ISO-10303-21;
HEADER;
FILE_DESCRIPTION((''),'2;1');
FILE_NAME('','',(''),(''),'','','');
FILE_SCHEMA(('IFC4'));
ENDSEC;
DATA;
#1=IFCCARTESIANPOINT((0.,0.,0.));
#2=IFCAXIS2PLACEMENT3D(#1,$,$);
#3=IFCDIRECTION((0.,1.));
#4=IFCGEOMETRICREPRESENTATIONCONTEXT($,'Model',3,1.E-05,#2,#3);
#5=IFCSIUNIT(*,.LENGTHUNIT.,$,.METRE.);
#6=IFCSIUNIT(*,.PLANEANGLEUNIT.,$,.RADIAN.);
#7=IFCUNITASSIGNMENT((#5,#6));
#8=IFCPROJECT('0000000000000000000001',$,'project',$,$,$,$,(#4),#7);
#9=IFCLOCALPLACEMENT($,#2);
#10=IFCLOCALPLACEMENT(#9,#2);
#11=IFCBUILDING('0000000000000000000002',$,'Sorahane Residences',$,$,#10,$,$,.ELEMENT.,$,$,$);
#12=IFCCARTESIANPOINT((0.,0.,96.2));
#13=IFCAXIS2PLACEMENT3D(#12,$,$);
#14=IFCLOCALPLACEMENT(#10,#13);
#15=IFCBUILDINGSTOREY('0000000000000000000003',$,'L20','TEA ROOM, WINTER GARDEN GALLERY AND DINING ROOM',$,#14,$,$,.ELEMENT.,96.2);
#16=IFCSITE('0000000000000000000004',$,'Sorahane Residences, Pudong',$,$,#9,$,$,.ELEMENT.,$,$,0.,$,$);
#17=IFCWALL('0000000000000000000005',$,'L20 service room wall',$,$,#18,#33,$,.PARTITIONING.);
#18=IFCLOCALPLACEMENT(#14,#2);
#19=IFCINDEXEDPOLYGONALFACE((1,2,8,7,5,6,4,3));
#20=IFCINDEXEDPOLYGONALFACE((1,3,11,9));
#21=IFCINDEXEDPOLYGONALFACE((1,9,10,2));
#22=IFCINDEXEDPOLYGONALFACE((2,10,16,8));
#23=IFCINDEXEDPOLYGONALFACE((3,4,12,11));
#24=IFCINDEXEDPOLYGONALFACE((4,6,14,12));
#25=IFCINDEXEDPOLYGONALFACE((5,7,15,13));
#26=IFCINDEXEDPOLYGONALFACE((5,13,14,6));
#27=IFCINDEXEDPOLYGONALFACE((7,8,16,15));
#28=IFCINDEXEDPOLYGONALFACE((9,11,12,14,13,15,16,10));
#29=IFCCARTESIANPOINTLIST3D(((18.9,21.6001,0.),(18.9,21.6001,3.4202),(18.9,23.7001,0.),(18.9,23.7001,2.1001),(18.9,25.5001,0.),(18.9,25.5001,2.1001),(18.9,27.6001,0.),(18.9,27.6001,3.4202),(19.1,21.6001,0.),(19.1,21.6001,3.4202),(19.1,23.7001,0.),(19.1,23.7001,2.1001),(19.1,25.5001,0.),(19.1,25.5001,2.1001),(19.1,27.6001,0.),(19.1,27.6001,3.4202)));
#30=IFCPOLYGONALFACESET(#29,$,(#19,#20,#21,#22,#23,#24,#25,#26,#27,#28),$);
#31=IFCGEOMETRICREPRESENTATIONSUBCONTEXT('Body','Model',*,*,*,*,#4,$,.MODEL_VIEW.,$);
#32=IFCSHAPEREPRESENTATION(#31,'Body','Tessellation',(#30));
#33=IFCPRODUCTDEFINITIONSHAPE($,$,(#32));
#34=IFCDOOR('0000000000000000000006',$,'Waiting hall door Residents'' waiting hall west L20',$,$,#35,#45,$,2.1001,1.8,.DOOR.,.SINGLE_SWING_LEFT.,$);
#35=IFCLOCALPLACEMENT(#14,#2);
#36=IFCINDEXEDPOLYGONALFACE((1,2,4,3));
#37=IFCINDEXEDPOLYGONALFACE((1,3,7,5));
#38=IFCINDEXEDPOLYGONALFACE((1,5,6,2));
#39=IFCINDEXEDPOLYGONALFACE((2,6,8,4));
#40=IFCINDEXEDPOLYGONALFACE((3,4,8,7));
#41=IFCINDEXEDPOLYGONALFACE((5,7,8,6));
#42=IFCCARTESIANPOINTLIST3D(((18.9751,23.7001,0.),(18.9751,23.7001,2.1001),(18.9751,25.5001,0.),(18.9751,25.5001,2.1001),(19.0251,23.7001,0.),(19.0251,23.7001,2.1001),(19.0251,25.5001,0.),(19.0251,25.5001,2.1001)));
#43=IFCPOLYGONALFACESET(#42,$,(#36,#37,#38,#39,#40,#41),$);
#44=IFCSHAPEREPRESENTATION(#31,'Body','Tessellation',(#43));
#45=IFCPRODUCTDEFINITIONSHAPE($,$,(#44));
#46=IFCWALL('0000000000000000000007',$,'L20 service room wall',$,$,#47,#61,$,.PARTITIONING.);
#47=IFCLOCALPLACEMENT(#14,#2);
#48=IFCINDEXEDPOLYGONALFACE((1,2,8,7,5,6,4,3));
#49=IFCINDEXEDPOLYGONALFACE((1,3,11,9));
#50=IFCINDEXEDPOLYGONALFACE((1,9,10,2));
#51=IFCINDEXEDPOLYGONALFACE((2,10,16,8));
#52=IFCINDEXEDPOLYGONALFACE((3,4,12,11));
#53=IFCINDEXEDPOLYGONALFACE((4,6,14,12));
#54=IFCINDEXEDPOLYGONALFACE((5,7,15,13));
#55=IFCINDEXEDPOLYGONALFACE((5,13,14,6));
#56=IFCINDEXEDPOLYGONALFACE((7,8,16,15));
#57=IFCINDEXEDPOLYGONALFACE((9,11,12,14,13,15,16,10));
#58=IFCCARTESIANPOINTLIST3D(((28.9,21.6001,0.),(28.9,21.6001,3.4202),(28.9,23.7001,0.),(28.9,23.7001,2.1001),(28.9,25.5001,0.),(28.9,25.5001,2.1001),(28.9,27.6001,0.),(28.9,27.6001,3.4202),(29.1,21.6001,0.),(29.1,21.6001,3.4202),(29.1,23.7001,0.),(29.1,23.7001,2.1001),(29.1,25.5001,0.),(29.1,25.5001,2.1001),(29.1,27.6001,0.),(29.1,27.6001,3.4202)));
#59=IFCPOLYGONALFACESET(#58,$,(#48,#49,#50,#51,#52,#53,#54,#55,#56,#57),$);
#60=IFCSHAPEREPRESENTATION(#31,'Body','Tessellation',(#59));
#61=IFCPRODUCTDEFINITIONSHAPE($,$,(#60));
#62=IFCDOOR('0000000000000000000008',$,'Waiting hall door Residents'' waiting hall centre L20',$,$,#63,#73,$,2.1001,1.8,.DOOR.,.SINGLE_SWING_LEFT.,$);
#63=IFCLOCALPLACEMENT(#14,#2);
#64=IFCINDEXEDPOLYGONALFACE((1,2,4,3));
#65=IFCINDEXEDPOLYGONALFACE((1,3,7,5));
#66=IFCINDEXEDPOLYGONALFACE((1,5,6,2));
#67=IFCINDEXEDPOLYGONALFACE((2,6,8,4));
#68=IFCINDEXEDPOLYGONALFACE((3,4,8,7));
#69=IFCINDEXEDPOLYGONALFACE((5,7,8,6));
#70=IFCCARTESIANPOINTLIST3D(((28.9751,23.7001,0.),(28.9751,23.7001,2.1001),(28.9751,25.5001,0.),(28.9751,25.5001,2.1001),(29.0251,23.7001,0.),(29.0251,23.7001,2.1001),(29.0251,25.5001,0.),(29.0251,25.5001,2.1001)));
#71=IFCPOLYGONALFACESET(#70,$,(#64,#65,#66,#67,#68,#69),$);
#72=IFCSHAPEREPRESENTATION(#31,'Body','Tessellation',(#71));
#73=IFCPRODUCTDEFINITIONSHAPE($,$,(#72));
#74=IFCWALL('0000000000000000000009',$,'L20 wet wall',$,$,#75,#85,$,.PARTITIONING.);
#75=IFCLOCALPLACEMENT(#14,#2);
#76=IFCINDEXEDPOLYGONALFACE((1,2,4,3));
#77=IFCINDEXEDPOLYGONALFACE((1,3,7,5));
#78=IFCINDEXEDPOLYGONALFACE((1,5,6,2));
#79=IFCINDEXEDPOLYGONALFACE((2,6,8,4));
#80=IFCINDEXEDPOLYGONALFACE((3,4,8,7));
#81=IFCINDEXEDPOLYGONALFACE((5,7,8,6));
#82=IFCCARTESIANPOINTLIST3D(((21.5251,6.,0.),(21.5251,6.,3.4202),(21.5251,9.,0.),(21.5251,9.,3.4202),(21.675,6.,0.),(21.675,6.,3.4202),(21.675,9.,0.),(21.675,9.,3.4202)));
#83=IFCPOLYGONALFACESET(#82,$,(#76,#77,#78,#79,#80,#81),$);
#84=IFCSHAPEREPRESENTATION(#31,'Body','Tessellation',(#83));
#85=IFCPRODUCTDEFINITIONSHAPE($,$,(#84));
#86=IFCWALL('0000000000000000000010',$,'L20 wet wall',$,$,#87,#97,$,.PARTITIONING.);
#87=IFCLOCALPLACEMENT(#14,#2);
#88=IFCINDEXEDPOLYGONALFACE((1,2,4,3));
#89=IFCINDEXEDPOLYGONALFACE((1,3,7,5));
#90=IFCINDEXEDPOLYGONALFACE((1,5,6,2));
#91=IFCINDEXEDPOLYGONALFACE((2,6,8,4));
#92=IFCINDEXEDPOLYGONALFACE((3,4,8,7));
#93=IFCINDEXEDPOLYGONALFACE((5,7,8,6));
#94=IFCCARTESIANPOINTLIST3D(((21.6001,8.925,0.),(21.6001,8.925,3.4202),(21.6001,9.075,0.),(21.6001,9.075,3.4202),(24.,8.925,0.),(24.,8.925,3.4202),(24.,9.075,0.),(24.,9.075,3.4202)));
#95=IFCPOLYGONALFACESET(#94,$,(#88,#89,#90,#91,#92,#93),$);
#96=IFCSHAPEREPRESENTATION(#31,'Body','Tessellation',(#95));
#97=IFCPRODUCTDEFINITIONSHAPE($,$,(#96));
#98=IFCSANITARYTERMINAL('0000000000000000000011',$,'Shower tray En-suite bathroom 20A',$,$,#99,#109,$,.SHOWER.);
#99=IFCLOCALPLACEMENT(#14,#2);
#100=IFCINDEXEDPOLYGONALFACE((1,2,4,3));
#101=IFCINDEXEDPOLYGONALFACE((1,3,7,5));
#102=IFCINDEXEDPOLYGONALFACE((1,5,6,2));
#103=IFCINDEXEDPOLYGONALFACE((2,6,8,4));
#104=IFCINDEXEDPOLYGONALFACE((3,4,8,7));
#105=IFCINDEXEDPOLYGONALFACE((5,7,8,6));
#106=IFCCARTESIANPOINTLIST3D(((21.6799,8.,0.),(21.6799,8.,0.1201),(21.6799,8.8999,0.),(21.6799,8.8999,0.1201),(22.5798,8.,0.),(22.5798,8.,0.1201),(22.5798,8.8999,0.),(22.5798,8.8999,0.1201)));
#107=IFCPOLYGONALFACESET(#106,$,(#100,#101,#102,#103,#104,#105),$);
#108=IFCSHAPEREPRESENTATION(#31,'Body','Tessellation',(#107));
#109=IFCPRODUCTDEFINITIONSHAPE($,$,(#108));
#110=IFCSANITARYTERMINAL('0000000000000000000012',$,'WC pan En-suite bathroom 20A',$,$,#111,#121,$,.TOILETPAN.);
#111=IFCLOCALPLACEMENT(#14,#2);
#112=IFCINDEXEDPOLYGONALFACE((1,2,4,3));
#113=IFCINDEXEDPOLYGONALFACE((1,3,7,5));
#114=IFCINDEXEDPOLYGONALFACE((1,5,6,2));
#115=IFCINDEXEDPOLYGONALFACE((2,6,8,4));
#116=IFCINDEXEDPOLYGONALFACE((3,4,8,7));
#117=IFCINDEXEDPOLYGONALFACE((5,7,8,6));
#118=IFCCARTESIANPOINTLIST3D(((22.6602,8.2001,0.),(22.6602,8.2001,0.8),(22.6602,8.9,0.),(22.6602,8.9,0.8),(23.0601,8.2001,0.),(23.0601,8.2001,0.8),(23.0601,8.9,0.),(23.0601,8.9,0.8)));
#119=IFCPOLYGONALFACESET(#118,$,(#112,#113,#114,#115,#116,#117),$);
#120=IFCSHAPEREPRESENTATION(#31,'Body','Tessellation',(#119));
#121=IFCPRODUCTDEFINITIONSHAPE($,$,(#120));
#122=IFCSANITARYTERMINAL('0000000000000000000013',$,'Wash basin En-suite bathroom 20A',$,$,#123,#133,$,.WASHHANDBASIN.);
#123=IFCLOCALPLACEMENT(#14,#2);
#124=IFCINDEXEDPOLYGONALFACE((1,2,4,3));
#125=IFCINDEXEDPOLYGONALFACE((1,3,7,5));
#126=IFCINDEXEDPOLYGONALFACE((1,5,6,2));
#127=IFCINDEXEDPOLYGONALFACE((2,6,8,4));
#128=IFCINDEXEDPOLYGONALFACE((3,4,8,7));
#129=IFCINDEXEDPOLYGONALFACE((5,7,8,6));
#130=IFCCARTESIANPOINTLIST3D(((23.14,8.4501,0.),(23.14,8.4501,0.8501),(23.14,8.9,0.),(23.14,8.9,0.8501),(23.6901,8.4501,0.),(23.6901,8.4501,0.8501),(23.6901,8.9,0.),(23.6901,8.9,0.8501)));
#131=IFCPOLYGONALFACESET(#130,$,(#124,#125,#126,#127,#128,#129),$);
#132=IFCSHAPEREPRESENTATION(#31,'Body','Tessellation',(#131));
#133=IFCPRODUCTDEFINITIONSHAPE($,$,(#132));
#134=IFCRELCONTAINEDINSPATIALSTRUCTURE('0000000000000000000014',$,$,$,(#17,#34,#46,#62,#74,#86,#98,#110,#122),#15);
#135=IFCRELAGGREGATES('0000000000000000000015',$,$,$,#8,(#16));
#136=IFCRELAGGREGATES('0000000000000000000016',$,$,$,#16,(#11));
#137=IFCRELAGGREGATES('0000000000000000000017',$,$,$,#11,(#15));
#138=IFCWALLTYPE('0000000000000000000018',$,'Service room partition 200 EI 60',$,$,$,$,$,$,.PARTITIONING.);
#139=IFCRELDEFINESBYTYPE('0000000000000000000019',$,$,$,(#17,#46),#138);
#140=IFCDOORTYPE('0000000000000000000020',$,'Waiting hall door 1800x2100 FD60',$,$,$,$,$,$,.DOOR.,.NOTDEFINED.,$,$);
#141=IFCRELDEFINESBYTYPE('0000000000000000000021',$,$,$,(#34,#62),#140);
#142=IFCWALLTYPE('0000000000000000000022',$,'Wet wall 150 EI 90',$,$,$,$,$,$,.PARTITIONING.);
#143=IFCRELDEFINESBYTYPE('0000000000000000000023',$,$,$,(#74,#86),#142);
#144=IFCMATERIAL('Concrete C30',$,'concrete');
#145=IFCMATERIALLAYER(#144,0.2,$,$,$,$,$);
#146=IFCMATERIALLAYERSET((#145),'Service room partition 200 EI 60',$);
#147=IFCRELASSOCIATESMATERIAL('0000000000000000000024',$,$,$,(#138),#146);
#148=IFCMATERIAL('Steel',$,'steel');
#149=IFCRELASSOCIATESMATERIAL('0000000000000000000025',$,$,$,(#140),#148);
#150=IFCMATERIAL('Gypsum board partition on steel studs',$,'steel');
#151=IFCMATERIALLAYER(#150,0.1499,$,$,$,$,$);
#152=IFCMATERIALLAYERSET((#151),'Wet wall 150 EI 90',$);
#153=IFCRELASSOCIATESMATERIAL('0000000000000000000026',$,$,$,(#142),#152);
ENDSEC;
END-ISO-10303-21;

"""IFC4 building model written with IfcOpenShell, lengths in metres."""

from ifc_helpers import new_model, si_unit, direction, frame, frame_2d, origin, origin_2d, place, context, subcontext, project, spatial, rectangle, extrude, material, layer, layer_set, type_object, element, fill, save


model = new_model("IFC4")

# Units and contexts
model_context = context("Model", 3, precision=1e-05, world=origin(), true_north=direction((0.0, 1.0)))
body_context = subcontext(model_context, "Body", "Model", "MODEL_VIEW")
ifc_project = project(units=[si_unit("LENGTHUNIT", "METRE"), si_unit("PLANEANGLEUNIT", "RADIAN")], contexts=[model_context])

# Site, building, storey
site_placement = place(None, origin())
site = spatial("IfcSite", under=ifc_project, at=site_placement, Name="Sorahane Residences, Pudong", CompositionType="ELEMENT", RefElevation=0.0)
building_placement = place(site_placement, origin())
building = spatial("IfcBuilding", under=site, at=building_placement, Name="Sorahane Residences", CompositionType="ELEMENT")
storey_placement = place(building_placement, frame((0.0, 0.0, 96.2)))
storey = spatial("IfcBuildingStorey", under=building, at=storey_placement, Name="L20", Description="TEA ROOM, WINTER GARDEN GALLERY AND DINING ROOM", CompositionType="ELEMENT", Elevation=96.2)

# Walls, openings, doors
ifc_material_1 = material(Name="Concrete C30", Category="concrete")
ifc_layer_1 = layer(ifc_material_1, 0.2)
ifc_layer_set_1 = layer_set([ifc_layer_1], Name="Service room partition 200 EI 60")
wall_type_1 = type_object("IfcWallType", Name="Service room partition 200 EI 60", PredefinedType="PARTITIONING", material=ifc_layer_set_1)
wall_1_placement = place(storey_placement, frame((19.0, 21.6001, 0.0), z_axis=(0.0, 0.0, 1.0), x_axis=(0.0, 1.0, 0.0)))
wall_1 = element("IfcWall", 1, at=wall_1_placement, inside=storey, type_object=wall_type_1, Name="L20 service room wall", PredefinedType="PARTITIONING", context=body_context, shape_type="SweptSolid", body=[
    extrude(rectangle(XDim=6.0, YDim=0.2, at=frame_2d((3.0, 0.0))), origin(), (0.0, 0.0, 1.0), 3.4202),
])
opening_1_placement = place(wall_1_placement, frame((2.1001, 0.0, 0.0)))
opening_1 = element("IfcOpeningElement", 2, at=opening_1_placement, cuts=wall_1, PredefinedType="OPENING", context=body_context, shape_type="SweptSolid", body=[
    extrude(rectangle(XDim=1.8, YDim=2.1001, at=frame_2d((0.8999, 1.05))), frame((0.0, 0.1099, 0.0), z_axis=(0.0, -1.0, 0.0), x_axis=(1.0, 0.0, 0.0)), (0.0, 0.0, 1.0), 0.22),
])
ifc_material_2 = material(Name="Steel", Category="steel")
door_type_1 = type_object("IfcDoorType", Name="Waiting hall door 1800x2100 FD60", OperationType="NOTDEFINED", PredefinedType="DOOR", material=ifc_material_2)
door_1_placement = place(opening_1_placement, origin())
door_1 = element("IfcDoor", 3, at=door_1_placement, inside=storey, type_object=door_type_1, Name="Waiting hall door Residents' waiting hall west L20", OperationType="SINGLE_SWING_LEFT", OverallHeight=2.1001, OverallWidth=1.8, PredefinedType="DOOR", context=body_context, shape_type="SweptSolid", body=[
    extrude(rectangle(XDim=1.8, YDim=2.1001, at=frame_2d((0.8999, 1.05))), frame((0.0, 0.0249, 0.0), z_axis=(0.0, -1.0, 0.0), x_axis=(1.0, 0.0, 0.0)), (0.0, 0.0, 1.0), 0.05),
])
fill(opening_1, door_1)
wall_2_placement = place(storey_placement, frame((29.0, 21.6001, 0.0), z_axis=(0.0, 0.0, 1.0), x_axis=(0.0, 1.0, 0.0)))
wall_2 = element("IfcWall", 4, at=wall_2_placement, inside=storey, type_object=wall_type_1, Name="L20 service room wall", PredefinedType="PARTITIONING", context=body_context, shape_type="SweptSolid", body=[
    extrude(rectangle(XDim=6.0, YDim=0.2, at=frame_2d((3.0, 0.0))), origin(), (0.0, 0.0, 1.0), 3.4202),
])
opening_2_placement = place(wall_2_placement, frame((2.1001, 0.0, 0.0)))
opening_2 = element("IfcOpeningElement", 5, at=opening_2_placement, cuts=wall_2, PredefinedType="OPENING", context=body_context, shape_type="SweptSolid", body=[
    extrude(rectangle(XDim=1.8, YDim=2.1001, at=frame_2d((0.8999, 1.05))), frame((0.0, 0.1099, 0.0), z_axis=(0.0, -1.0, 0.0), x_axis=(1.0, 0.0, 0.0)), (0.0, 0.0, 1.0), 0.22),
])
door_2_placement = place(opening_2_placement, origin())
door_2 = element("IfcDoor", 6, at=door_2_placement, inside=storey, type_object=door_type_1, Name="Waiting hall door Residents' waiting hall centre L20", OperationType="SINGLE_SWING_LEFT", OverallHeight=2.1001, OverallWidth=1.8, PredefinedType="DOOR", context=body_context, shape_type="SweptSolid", body=[
    extrude(rectangle(XDim=1.8, YDim=2.1001, at=frame_2d((0.8999, 1.05))), frame((0.0, 0.0249, 0.0), z_axis=(0.0, -1.0, 0.0), x_axis=(1.0, 0.0, 0.0)), (0.0, 0.0, 1.0), 0.05),
])
fill(opening_2, door_2)

# Wall
ifc_material_3 = material(Name="Gypsum board partition on steel studs", Category="steel")
ifc_layer_2 = layer(ifc_material_3, 0.1499)
ifc_layer_set_2 = layer_set([ifc_layer_2], Name="Wet wall 150 EI 90")
wall_type_2 = type_object("IfcWallType", Name="Wet wall 150 EI 90", PredefinedType="PARTITIONING", material=ifc_layer_set_2)
wall_3_placement = place(storey_placement, frame((21.6001, 6.0, 0.0), z_axis=(0.0, 0.0, 1.0), x_axis=(0.0, 1.0, 0.0)))
element("IfcWall", 7, at=wall_3_placement, inside=storey, type_object=wall_type_2, Name="L20 wet wall", PredefinedType="PARTITIONING", context=body_context, shape_type="SweptSolid", body=[
    extrude(rectangle(XDim=3.0, YDim=0.1499, at=frame_2d((1.5, 0.0))), origin(), (0.0, 0.0, 1.0), 3.4202),
])

# Wall
wall_4_placement = place(storey_placement, frame((21.6001, 9.0, 0.0), z_axis=(0.0, 0.0, 1.0), x_axis=(1.0, 0.0, 0.0)))
element("IfcWall", 8, at=wall_4_placement, inside=storey, type_object=wall_type_2, Name="L20 wet wall", PredefinedType="PARTITIONING", context=body_context, shape_type="SweptSolid", body=[
    extrude(rectangle(XDim=2.3999, YDim=0.1499, at=frame_2d((1.2, 0.0))), origin(), (0.0, 0.0, 1.0), 3.4202),
])

# Sanitary terminals
sanitary_terminal_1_placement = place(storey_placement, frame((22.1299, 8.45, 0.0), z_axis=(0.0, 0.0, 1.0), x_axis=(1.0, 0.0, 0.0)))
element("IfcSanitaryTerminal", 9, at=sanitary_terminal_1_placement, inside=storey, Name="Shower tray En-suite bathroom 20A", PredefinedType="SHOWER", context=body_context, shape_type="SweptSolid", body=[
    extrude(rectangle(XDim=0.8999, YDim=0.8999, at=origin_2d()), origin(), (0.0, 0.0, 1.0), 0.1201),
])
sanitary_terminal_2_placement = place(storey_placement, frame((22.8601, 8.55, 0.0), z_axis=(0.0, 0.0, 1.0), x_axis=(1.0, 0.0, 0.0)))
element("IfcSanitaryTerminal", 10, at=sanitary_terminal_2_placement, inside=storey, Name="WC pan En-suite bathroom 20A", PredefinedType="TOILETPAN", context=body_context, shape_type="SweptSolid", body=[
    extrude(rectangle(XDim=0.3999, YDim=0.7, at=origin_2d()), origin(), (0.0, 0.0, 1.0), 0.8),
])
sanitary_terminal_3_placement = place(storey_placement, frame((23.415, 8.675, 0.0), z_axis=(0.0, 0.0, 1.0), x_axis=(1.0, 0.0, 0.0)))
element("IfcSanitaryTerminal", 11, at=sanitary_terminal_3_placement, inside=storey, Name="Wash basin En-suite bathroom 20A", PredefinedType="WASHHANDBASIN", context=body_context, shape_type="SweptSolid", body=[
    extrude(rectangle(XDim=0.55, YDim=0.45, at=origin_2d()), origin(), (0.0, 0.0, 1.0), 0.8501),
])

save(model, "model.ifc")
